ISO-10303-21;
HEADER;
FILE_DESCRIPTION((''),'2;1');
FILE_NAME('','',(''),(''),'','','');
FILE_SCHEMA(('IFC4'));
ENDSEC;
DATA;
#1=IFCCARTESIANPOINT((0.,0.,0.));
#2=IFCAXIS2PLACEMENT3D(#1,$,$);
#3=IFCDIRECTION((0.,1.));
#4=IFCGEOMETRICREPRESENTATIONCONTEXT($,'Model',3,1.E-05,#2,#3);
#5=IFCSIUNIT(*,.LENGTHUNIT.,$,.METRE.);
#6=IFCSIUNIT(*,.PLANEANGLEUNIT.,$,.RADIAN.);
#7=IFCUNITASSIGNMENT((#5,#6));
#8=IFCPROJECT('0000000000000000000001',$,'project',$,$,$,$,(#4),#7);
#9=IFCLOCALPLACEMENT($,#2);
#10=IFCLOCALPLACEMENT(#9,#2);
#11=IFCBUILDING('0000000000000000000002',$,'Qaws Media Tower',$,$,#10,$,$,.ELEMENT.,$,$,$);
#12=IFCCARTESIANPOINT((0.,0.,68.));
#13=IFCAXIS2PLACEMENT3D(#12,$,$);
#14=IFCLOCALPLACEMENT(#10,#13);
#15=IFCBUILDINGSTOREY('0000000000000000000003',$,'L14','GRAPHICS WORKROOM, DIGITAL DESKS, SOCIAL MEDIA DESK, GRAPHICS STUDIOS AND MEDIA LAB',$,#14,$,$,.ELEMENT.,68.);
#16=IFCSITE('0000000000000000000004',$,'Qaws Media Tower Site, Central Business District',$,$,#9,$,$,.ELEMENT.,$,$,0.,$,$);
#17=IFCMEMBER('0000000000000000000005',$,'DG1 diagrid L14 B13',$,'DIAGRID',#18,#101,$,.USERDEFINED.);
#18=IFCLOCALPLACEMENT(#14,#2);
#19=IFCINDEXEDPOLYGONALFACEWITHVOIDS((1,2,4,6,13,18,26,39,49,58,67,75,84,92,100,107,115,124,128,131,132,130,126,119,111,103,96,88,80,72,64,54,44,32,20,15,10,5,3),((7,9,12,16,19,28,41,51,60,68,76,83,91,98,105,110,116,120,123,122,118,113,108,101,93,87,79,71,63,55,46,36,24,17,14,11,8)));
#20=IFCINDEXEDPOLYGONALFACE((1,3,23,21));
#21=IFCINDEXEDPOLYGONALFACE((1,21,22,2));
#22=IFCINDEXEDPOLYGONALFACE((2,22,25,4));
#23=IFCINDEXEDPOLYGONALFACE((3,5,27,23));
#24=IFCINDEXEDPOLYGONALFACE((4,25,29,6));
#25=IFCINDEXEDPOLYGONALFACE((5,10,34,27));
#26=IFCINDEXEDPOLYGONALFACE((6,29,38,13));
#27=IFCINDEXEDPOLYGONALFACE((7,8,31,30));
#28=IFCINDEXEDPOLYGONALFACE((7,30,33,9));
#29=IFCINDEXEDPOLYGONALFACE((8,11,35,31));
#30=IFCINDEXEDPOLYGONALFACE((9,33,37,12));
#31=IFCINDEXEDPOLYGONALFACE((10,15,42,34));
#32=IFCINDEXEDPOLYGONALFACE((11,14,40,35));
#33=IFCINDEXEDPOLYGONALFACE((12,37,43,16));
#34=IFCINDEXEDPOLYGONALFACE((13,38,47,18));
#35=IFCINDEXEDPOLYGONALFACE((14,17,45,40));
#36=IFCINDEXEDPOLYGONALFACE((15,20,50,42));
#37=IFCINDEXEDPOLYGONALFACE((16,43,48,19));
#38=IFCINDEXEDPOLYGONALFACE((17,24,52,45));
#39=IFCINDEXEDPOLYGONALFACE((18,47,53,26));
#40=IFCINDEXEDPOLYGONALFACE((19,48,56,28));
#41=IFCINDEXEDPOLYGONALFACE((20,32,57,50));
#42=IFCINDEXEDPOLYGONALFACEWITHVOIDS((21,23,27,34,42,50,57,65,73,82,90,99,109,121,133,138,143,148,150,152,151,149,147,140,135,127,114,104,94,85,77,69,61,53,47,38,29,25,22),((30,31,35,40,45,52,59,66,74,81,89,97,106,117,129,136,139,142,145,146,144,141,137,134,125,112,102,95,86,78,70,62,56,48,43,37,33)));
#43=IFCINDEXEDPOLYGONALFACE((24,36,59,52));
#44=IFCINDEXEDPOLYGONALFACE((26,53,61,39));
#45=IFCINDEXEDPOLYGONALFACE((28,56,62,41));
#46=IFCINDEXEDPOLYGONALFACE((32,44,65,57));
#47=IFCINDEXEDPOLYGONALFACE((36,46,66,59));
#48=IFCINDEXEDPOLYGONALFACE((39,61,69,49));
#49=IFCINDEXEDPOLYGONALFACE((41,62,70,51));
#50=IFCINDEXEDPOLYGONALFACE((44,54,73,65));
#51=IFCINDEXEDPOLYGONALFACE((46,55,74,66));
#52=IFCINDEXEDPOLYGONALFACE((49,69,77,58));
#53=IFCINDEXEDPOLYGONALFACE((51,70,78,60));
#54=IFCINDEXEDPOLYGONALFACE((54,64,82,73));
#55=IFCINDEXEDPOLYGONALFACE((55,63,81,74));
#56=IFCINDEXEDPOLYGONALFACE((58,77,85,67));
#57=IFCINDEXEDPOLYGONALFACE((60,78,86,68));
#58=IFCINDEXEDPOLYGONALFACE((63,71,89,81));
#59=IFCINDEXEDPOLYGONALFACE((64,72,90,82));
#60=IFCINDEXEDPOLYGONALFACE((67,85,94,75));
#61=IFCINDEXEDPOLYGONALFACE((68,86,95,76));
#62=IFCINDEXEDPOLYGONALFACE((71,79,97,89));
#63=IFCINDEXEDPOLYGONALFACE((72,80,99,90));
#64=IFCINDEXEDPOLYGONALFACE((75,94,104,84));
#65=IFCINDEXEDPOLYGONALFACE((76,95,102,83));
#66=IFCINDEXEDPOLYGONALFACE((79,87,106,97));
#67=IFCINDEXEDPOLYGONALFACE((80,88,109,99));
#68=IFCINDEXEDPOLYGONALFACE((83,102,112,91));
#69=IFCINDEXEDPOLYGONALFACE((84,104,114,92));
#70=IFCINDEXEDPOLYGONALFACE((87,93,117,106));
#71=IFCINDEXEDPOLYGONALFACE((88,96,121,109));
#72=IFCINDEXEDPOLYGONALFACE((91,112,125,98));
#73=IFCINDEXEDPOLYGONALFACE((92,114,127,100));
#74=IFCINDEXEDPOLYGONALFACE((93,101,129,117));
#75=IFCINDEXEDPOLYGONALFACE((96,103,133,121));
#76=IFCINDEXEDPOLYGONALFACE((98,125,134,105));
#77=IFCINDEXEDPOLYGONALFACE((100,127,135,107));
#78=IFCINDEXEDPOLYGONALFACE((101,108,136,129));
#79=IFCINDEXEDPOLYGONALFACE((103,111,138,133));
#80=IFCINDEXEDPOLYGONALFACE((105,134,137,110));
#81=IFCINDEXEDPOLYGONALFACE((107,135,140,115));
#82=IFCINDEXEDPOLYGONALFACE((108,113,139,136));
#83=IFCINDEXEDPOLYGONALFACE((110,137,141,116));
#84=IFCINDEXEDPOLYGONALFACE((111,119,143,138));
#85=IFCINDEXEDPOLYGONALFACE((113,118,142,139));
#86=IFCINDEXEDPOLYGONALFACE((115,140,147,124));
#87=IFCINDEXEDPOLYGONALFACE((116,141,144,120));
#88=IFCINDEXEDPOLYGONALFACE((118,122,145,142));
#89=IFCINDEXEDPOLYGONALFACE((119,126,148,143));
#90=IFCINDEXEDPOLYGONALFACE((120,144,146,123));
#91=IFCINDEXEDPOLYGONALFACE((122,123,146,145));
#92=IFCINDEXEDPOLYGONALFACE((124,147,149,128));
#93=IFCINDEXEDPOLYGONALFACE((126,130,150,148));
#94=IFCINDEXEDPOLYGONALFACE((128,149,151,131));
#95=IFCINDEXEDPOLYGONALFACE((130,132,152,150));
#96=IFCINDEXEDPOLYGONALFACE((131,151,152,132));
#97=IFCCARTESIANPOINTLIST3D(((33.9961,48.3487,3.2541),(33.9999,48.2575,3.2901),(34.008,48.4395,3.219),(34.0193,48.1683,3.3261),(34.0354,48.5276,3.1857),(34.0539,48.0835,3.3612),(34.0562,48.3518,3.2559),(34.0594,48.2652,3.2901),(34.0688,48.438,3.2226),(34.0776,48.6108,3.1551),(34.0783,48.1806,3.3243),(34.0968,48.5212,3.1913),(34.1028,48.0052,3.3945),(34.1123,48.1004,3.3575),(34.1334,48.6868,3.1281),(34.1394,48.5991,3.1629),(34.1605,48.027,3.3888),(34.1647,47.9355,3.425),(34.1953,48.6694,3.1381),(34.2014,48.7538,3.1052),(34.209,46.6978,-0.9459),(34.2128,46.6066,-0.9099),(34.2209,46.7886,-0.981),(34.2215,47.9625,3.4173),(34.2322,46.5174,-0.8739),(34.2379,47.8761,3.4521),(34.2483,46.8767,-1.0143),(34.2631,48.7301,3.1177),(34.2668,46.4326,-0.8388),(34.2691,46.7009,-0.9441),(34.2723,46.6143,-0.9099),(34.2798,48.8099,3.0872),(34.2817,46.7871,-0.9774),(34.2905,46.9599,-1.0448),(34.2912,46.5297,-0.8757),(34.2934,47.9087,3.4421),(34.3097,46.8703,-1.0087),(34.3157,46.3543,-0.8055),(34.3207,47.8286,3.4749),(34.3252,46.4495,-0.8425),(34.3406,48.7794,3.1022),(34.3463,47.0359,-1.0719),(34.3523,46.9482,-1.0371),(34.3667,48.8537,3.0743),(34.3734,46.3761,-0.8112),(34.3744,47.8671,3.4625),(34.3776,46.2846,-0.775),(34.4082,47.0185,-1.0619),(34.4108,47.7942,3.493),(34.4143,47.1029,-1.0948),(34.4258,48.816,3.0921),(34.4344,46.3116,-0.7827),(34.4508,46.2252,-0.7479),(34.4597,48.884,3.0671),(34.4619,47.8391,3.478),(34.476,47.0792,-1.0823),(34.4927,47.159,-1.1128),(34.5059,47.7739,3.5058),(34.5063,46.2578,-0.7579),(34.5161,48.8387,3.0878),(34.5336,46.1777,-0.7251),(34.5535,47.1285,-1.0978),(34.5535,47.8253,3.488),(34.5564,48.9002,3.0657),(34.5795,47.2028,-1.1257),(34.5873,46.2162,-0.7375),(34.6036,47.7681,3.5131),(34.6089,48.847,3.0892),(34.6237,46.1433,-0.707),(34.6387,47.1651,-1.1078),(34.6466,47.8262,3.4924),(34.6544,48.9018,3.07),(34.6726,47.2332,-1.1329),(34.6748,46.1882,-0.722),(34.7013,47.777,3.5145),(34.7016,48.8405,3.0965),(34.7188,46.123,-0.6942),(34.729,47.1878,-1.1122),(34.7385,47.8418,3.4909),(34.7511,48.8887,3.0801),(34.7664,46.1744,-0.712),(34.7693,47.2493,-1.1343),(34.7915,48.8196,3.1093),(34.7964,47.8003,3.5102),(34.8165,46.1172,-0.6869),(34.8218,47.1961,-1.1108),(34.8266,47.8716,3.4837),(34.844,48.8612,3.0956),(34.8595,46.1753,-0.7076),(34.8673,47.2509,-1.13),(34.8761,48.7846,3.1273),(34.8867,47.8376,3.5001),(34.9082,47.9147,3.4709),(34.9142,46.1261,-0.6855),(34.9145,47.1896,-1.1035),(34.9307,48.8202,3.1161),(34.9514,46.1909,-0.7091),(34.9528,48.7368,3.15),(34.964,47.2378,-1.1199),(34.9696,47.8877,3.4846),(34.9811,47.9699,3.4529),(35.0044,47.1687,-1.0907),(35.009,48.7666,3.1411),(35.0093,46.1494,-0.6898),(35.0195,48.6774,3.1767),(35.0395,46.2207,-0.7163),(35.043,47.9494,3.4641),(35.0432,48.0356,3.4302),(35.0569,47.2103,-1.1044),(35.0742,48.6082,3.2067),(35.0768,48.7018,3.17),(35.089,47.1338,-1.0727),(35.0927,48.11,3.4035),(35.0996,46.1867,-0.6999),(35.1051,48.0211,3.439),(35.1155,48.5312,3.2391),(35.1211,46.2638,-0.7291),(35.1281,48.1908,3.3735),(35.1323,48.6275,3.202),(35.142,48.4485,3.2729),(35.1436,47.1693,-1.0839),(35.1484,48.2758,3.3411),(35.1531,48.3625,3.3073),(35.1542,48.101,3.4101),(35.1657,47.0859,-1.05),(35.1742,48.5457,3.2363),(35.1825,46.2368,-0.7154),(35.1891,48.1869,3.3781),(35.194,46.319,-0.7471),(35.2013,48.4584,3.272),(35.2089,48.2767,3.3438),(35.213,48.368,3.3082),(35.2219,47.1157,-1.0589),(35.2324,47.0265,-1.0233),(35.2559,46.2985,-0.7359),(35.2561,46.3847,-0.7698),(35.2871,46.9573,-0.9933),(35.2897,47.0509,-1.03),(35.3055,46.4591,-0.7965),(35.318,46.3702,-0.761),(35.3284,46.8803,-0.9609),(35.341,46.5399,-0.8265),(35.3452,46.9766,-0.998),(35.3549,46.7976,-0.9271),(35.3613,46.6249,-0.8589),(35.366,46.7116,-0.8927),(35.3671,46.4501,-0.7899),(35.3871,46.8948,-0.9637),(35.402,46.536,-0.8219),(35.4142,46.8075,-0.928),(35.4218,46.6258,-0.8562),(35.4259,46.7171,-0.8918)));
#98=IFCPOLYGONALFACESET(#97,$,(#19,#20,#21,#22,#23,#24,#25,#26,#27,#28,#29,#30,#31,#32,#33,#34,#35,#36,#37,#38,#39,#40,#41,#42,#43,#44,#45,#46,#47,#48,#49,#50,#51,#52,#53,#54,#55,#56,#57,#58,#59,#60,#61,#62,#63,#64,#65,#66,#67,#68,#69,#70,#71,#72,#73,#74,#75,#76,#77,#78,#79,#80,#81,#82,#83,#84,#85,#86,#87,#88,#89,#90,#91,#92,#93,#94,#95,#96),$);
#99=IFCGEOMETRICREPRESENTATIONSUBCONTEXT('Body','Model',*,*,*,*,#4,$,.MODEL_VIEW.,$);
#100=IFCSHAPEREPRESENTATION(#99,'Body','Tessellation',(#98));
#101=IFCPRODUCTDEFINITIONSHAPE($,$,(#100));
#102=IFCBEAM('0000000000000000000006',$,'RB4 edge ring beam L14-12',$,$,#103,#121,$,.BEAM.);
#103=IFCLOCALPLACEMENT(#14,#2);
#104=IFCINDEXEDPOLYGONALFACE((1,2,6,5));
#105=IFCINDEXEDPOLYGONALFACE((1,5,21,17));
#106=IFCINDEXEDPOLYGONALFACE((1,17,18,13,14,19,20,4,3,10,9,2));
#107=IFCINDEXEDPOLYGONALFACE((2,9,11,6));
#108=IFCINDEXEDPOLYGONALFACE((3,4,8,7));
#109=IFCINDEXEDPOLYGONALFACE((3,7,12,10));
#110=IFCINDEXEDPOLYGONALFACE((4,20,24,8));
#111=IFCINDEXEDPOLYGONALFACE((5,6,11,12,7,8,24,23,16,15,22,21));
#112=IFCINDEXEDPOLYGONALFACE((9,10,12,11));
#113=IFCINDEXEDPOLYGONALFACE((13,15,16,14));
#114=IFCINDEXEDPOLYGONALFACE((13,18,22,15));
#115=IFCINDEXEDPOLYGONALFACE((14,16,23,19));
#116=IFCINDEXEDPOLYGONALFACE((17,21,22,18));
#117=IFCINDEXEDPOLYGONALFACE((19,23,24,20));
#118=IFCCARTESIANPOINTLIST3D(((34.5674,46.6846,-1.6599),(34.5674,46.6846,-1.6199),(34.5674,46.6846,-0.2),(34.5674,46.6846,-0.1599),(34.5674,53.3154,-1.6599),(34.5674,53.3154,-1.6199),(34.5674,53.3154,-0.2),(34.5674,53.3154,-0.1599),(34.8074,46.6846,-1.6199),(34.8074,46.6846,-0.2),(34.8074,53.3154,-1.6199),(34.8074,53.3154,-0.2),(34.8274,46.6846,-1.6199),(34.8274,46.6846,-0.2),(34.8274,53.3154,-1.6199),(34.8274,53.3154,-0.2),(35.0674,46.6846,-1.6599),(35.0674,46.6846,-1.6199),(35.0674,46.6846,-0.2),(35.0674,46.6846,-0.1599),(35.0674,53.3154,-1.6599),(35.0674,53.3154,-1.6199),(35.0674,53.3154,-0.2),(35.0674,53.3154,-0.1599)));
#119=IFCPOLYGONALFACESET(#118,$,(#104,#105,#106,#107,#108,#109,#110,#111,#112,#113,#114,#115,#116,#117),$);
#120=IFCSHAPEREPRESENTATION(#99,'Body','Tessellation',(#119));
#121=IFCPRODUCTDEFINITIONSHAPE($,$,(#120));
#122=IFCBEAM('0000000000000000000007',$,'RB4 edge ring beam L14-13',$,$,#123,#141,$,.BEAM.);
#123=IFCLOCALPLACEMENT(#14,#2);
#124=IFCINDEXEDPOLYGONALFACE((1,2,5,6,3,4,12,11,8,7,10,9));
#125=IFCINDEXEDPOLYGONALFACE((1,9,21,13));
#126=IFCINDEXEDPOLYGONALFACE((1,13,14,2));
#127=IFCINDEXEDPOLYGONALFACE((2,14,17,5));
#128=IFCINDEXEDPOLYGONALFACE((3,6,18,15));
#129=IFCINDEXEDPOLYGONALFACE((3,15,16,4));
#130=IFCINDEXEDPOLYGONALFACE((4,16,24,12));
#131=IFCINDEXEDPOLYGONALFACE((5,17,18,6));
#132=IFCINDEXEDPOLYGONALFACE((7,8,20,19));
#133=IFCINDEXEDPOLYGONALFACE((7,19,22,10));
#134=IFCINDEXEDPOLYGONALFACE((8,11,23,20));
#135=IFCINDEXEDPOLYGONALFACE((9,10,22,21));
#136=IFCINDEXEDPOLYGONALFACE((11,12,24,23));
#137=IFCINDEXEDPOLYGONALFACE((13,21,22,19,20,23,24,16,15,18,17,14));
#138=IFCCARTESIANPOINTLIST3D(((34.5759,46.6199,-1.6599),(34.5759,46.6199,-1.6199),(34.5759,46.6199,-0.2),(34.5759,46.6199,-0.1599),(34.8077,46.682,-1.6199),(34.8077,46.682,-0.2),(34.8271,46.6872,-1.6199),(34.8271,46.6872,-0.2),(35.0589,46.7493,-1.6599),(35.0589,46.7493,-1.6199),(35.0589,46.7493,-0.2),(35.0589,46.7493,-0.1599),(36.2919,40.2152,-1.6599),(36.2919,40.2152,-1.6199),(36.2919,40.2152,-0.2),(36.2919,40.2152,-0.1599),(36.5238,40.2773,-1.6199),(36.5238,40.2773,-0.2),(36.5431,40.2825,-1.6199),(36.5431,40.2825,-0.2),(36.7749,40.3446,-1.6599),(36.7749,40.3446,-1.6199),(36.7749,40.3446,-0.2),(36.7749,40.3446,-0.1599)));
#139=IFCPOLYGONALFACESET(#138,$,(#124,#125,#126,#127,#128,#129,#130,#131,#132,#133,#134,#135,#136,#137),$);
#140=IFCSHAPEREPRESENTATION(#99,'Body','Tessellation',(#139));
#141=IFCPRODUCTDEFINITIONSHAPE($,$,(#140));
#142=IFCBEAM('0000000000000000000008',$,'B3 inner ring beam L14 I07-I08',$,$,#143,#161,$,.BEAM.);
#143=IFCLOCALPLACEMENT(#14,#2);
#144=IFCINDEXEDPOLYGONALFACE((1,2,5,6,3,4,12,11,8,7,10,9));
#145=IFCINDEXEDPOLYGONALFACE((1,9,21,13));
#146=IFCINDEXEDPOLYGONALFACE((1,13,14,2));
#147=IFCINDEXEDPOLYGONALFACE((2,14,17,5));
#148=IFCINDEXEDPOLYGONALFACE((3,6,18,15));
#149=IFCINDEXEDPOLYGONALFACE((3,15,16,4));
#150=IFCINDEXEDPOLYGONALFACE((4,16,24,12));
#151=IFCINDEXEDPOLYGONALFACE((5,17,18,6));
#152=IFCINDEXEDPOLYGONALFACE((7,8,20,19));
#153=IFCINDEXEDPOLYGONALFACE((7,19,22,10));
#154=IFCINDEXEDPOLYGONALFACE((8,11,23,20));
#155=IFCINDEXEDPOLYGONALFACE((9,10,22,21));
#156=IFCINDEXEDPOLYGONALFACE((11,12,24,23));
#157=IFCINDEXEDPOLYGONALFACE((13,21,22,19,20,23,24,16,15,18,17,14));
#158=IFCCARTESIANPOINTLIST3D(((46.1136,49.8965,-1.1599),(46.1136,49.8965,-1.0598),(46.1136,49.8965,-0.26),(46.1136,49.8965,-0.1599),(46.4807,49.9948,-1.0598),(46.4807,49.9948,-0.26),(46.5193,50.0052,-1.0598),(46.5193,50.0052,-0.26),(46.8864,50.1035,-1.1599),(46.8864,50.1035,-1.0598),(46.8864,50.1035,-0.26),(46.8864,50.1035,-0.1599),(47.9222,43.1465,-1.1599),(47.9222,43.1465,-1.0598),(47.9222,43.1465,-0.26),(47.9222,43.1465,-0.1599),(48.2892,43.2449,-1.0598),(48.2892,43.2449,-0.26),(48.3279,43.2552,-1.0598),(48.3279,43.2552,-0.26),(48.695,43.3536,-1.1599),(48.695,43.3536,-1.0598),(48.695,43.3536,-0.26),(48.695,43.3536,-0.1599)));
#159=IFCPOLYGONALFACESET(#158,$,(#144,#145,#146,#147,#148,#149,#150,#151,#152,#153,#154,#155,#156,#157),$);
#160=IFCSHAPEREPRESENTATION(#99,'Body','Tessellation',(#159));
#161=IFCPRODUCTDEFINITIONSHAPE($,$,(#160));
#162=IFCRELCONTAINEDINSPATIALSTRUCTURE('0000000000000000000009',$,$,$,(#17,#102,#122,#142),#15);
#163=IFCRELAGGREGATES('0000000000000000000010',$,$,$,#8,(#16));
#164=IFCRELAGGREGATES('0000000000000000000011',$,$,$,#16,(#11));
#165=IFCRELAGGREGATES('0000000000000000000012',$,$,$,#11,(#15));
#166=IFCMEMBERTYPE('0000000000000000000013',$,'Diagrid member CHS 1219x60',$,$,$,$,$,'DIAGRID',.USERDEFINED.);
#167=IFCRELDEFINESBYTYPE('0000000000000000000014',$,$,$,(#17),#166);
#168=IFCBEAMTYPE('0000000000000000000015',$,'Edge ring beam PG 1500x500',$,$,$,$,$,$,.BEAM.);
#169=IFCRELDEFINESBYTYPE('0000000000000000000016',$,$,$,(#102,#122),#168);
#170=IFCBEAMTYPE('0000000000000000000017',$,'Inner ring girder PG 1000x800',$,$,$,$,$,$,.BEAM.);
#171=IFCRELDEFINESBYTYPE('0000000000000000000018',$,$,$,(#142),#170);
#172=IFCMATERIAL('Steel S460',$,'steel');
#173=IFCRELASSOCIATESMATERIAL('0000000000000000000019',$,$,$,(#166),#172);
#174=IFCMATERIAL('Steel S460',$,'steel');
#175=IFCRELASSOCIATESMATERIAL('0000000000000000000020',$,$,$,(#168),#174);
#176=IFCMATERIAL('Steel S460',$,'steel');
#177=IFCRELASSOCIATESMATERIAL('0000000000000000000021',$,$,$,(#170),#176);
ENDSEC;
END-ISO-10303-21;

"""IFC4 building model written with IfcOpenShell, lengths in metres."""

from ifc_helpers import new_model, si_unit, direction, frame, origin, origin_2d, place, context, subcontext, project, spatial, hollow_circle, i_section, extrude, material, material_profile, profile_set, type_object, element, save


model = new_model("IFC4")

# Units and contexts
model_context = context("Model", 3, precision=1e-05, world=origin(), true_north=direction((0.0, 1.0)))
body_context = subcontext(model_context, "Body", "Model", "MODEL_VIEW")
ifc_project = project(units=[si_unit("LENGTHUNIT", "METRE"), si_unit("PLANEANGLEUNIT", "RADIAN")], contexts=[model_context])

# Site, building, storey
site_placement = place(None, origin())
site = spatial("IfcSite", under=ifc_project, at=site_placement, Name="Qaws Media Tower Site, Central Business District", CompositionType="ELEMENT", RefElevation=0.0)
building_placement = place(site_placement, origin())
building = spatial("IfcBuilding", under=site, at=building_placement, Name="Qaws Media Tower", CompositionType="ELEMENT")
storey_placement = place(building_placement, frame((0.0, 0.0, 68.0)))
storey = spatial("IfcBuildingStorey", under=building, at=storey_placement, Name="L14", Description="GRAPHICS WORKROOM, DIGITAL DESKS, SOCIAL MEDIA DESK, GRAPHICS STUDIOS AND MEDIA LAB", CompositionType="ELEMENT", Elevation=68.0)

# Member
ifc_material_1 = material(Name="Steel S460", Category="steel")
ifc_material_profile_1 = material_profile(ifc_material_1, hollow_circle(Radius=0.6096, WallThickness=0.0601, at=origin_2d()), Name="CHS 1219x60")
ifc_profile_set_1 = profile_set([ifc_material_profile_1], Name="Steel S460")
member_type_1 = type_object("IfcMemberType", Name="Diagrid member CHS 1219x60", ElementType="DIAGRID", PredefinedType="USERDEFINED", material=ifc_profile_set_1)
for number, where, z_axis, x_axis, name in (
    (1, (34.8174, 46.6846, -0.9099), (-0.047123, 0.365418, 0.92965), (-0.991787, -0.127897, 0.0), "DG1 diagrid L14 B13"),
):
    element("IfcMember", number, at=place(storey_placement, frame(where, z_axis=z_axis, x_axis=x_axis)), inside=storey, type_object=member_type_1, Name=name, ObjectType="DIAGRID", PredefinedType="USERDEFINED", context=body_context, shape_type="SweptSolid", body=[
        extrude(hollow_circle(Radius=0.6096, WallThickness=0.0601, at=origin_2d()), origin(), (0.0, 0.0, 1.0), 4.5178),
    ])

# Beams
ifc_material_2 = material(Name="Steel S460", Category="steel")
ifc_material_profile_2 = material_profile(ifc_material_2, i_section(OverallWidth=0.5, OverallDepth=1.5, WebThickness=0.02, FlangeThickness=0.04, at=origin_2d()), Name="PG 1500x500")
ifc_profile_set_2 = profile_set([ifc_material_profile_2], Name="Steel S460")
beam_type_1 = type_object("IfcBeamType", Name="Edge ring beam PG 1500x500", PredefinedType="BEAM", material=ifc_profile_set_2)
beam_1_placement = place(storey_placement, frame((34.8174, 53.3154, -0.9099), z_axis=(0.0, -1.0, 0.0), x_axis=(1.0, 0.0, 0.0)))
element("IfcBeam", 2, at=beam_1_placement, inside=storey, type_object=beam_type_1, Name="RB4 edge ring beam L14-12", PredefinedType="BEAM", context=body_context, shape_type="SweptSolid", body=[
    extrude(i_section(OverallWidth=0.5, OverallDepth=1.5, WebThickness=0.02, FlangeThickness=0.04, at=origin_2d()), origin(), (0.0, 0.0, 1.0), 6.6309),
])
beam_2_placement = place(storey_placement, frame((34.8174, 46.6846, -0.9099), z_axis=(0.258806, -0.965929, 0.0), x_axis=(0.965929, 0.258806, 0.0)))
element("IfcBeam", 3, at=beam_2_placement, inside=storey, type_object=beam_type_1, Name="RB4 edge ring beam L14-13", PredefinedType="BEAM", context=body_context, shape_type="SweptSolid", body=[
    extrude(i_section(OverallWidth=0.5, OverallDepth=1.5, WebThickness=0.02, FlangeThickness=0.04, at=origin_2d()), origin(), (0.0, 0.0, 1.0), 6.6306),
])
ifc_material_3 = material(Name="Steel S460", Category="steel")
ifc_material_profile_3 = material_profile(ifc_material_3, i_section(OverallWidth=0.8, OverallDepth=1.0, WebThickness=0.04, FlangeThickness=0.1001, at=origin_2d()), Name="PG 1000x800")
ifc_profile_set_3 = profile_set([ifc_material_profile_3], Name="Steel S460")
beam_type_2 = type_object("IfcBeamType", Name="Inner ring girder PG 1000x800", PredefinedType="BEAM", material=ifc_profile_set_3)
beam_3_placement = place(storey_placement, frame((46.5, 50.0, -0.6599), z_axis=(0.258811, -0.965928, 0.0), x_axis=(0.965928, 0.258811, 0.0)))
element("IfcBeam", 4, at=beam_3_placement, inside=storey, type_object=beam_type_2, Name="B3 inner ring beam L14 I07-I08", PredefinedType="BEAM", context=body_context, shape_type="SweptSolid", body=[
    extrude(i_section(OverallWidth=0.8, OverallDepth=1.0, WebThickness=0.04, FlangeThickness=0.1001, at=origin_2d()), origin(), (0.0, 0.0, 1.0), 6.988),
])

save(model, "model.ifc")
